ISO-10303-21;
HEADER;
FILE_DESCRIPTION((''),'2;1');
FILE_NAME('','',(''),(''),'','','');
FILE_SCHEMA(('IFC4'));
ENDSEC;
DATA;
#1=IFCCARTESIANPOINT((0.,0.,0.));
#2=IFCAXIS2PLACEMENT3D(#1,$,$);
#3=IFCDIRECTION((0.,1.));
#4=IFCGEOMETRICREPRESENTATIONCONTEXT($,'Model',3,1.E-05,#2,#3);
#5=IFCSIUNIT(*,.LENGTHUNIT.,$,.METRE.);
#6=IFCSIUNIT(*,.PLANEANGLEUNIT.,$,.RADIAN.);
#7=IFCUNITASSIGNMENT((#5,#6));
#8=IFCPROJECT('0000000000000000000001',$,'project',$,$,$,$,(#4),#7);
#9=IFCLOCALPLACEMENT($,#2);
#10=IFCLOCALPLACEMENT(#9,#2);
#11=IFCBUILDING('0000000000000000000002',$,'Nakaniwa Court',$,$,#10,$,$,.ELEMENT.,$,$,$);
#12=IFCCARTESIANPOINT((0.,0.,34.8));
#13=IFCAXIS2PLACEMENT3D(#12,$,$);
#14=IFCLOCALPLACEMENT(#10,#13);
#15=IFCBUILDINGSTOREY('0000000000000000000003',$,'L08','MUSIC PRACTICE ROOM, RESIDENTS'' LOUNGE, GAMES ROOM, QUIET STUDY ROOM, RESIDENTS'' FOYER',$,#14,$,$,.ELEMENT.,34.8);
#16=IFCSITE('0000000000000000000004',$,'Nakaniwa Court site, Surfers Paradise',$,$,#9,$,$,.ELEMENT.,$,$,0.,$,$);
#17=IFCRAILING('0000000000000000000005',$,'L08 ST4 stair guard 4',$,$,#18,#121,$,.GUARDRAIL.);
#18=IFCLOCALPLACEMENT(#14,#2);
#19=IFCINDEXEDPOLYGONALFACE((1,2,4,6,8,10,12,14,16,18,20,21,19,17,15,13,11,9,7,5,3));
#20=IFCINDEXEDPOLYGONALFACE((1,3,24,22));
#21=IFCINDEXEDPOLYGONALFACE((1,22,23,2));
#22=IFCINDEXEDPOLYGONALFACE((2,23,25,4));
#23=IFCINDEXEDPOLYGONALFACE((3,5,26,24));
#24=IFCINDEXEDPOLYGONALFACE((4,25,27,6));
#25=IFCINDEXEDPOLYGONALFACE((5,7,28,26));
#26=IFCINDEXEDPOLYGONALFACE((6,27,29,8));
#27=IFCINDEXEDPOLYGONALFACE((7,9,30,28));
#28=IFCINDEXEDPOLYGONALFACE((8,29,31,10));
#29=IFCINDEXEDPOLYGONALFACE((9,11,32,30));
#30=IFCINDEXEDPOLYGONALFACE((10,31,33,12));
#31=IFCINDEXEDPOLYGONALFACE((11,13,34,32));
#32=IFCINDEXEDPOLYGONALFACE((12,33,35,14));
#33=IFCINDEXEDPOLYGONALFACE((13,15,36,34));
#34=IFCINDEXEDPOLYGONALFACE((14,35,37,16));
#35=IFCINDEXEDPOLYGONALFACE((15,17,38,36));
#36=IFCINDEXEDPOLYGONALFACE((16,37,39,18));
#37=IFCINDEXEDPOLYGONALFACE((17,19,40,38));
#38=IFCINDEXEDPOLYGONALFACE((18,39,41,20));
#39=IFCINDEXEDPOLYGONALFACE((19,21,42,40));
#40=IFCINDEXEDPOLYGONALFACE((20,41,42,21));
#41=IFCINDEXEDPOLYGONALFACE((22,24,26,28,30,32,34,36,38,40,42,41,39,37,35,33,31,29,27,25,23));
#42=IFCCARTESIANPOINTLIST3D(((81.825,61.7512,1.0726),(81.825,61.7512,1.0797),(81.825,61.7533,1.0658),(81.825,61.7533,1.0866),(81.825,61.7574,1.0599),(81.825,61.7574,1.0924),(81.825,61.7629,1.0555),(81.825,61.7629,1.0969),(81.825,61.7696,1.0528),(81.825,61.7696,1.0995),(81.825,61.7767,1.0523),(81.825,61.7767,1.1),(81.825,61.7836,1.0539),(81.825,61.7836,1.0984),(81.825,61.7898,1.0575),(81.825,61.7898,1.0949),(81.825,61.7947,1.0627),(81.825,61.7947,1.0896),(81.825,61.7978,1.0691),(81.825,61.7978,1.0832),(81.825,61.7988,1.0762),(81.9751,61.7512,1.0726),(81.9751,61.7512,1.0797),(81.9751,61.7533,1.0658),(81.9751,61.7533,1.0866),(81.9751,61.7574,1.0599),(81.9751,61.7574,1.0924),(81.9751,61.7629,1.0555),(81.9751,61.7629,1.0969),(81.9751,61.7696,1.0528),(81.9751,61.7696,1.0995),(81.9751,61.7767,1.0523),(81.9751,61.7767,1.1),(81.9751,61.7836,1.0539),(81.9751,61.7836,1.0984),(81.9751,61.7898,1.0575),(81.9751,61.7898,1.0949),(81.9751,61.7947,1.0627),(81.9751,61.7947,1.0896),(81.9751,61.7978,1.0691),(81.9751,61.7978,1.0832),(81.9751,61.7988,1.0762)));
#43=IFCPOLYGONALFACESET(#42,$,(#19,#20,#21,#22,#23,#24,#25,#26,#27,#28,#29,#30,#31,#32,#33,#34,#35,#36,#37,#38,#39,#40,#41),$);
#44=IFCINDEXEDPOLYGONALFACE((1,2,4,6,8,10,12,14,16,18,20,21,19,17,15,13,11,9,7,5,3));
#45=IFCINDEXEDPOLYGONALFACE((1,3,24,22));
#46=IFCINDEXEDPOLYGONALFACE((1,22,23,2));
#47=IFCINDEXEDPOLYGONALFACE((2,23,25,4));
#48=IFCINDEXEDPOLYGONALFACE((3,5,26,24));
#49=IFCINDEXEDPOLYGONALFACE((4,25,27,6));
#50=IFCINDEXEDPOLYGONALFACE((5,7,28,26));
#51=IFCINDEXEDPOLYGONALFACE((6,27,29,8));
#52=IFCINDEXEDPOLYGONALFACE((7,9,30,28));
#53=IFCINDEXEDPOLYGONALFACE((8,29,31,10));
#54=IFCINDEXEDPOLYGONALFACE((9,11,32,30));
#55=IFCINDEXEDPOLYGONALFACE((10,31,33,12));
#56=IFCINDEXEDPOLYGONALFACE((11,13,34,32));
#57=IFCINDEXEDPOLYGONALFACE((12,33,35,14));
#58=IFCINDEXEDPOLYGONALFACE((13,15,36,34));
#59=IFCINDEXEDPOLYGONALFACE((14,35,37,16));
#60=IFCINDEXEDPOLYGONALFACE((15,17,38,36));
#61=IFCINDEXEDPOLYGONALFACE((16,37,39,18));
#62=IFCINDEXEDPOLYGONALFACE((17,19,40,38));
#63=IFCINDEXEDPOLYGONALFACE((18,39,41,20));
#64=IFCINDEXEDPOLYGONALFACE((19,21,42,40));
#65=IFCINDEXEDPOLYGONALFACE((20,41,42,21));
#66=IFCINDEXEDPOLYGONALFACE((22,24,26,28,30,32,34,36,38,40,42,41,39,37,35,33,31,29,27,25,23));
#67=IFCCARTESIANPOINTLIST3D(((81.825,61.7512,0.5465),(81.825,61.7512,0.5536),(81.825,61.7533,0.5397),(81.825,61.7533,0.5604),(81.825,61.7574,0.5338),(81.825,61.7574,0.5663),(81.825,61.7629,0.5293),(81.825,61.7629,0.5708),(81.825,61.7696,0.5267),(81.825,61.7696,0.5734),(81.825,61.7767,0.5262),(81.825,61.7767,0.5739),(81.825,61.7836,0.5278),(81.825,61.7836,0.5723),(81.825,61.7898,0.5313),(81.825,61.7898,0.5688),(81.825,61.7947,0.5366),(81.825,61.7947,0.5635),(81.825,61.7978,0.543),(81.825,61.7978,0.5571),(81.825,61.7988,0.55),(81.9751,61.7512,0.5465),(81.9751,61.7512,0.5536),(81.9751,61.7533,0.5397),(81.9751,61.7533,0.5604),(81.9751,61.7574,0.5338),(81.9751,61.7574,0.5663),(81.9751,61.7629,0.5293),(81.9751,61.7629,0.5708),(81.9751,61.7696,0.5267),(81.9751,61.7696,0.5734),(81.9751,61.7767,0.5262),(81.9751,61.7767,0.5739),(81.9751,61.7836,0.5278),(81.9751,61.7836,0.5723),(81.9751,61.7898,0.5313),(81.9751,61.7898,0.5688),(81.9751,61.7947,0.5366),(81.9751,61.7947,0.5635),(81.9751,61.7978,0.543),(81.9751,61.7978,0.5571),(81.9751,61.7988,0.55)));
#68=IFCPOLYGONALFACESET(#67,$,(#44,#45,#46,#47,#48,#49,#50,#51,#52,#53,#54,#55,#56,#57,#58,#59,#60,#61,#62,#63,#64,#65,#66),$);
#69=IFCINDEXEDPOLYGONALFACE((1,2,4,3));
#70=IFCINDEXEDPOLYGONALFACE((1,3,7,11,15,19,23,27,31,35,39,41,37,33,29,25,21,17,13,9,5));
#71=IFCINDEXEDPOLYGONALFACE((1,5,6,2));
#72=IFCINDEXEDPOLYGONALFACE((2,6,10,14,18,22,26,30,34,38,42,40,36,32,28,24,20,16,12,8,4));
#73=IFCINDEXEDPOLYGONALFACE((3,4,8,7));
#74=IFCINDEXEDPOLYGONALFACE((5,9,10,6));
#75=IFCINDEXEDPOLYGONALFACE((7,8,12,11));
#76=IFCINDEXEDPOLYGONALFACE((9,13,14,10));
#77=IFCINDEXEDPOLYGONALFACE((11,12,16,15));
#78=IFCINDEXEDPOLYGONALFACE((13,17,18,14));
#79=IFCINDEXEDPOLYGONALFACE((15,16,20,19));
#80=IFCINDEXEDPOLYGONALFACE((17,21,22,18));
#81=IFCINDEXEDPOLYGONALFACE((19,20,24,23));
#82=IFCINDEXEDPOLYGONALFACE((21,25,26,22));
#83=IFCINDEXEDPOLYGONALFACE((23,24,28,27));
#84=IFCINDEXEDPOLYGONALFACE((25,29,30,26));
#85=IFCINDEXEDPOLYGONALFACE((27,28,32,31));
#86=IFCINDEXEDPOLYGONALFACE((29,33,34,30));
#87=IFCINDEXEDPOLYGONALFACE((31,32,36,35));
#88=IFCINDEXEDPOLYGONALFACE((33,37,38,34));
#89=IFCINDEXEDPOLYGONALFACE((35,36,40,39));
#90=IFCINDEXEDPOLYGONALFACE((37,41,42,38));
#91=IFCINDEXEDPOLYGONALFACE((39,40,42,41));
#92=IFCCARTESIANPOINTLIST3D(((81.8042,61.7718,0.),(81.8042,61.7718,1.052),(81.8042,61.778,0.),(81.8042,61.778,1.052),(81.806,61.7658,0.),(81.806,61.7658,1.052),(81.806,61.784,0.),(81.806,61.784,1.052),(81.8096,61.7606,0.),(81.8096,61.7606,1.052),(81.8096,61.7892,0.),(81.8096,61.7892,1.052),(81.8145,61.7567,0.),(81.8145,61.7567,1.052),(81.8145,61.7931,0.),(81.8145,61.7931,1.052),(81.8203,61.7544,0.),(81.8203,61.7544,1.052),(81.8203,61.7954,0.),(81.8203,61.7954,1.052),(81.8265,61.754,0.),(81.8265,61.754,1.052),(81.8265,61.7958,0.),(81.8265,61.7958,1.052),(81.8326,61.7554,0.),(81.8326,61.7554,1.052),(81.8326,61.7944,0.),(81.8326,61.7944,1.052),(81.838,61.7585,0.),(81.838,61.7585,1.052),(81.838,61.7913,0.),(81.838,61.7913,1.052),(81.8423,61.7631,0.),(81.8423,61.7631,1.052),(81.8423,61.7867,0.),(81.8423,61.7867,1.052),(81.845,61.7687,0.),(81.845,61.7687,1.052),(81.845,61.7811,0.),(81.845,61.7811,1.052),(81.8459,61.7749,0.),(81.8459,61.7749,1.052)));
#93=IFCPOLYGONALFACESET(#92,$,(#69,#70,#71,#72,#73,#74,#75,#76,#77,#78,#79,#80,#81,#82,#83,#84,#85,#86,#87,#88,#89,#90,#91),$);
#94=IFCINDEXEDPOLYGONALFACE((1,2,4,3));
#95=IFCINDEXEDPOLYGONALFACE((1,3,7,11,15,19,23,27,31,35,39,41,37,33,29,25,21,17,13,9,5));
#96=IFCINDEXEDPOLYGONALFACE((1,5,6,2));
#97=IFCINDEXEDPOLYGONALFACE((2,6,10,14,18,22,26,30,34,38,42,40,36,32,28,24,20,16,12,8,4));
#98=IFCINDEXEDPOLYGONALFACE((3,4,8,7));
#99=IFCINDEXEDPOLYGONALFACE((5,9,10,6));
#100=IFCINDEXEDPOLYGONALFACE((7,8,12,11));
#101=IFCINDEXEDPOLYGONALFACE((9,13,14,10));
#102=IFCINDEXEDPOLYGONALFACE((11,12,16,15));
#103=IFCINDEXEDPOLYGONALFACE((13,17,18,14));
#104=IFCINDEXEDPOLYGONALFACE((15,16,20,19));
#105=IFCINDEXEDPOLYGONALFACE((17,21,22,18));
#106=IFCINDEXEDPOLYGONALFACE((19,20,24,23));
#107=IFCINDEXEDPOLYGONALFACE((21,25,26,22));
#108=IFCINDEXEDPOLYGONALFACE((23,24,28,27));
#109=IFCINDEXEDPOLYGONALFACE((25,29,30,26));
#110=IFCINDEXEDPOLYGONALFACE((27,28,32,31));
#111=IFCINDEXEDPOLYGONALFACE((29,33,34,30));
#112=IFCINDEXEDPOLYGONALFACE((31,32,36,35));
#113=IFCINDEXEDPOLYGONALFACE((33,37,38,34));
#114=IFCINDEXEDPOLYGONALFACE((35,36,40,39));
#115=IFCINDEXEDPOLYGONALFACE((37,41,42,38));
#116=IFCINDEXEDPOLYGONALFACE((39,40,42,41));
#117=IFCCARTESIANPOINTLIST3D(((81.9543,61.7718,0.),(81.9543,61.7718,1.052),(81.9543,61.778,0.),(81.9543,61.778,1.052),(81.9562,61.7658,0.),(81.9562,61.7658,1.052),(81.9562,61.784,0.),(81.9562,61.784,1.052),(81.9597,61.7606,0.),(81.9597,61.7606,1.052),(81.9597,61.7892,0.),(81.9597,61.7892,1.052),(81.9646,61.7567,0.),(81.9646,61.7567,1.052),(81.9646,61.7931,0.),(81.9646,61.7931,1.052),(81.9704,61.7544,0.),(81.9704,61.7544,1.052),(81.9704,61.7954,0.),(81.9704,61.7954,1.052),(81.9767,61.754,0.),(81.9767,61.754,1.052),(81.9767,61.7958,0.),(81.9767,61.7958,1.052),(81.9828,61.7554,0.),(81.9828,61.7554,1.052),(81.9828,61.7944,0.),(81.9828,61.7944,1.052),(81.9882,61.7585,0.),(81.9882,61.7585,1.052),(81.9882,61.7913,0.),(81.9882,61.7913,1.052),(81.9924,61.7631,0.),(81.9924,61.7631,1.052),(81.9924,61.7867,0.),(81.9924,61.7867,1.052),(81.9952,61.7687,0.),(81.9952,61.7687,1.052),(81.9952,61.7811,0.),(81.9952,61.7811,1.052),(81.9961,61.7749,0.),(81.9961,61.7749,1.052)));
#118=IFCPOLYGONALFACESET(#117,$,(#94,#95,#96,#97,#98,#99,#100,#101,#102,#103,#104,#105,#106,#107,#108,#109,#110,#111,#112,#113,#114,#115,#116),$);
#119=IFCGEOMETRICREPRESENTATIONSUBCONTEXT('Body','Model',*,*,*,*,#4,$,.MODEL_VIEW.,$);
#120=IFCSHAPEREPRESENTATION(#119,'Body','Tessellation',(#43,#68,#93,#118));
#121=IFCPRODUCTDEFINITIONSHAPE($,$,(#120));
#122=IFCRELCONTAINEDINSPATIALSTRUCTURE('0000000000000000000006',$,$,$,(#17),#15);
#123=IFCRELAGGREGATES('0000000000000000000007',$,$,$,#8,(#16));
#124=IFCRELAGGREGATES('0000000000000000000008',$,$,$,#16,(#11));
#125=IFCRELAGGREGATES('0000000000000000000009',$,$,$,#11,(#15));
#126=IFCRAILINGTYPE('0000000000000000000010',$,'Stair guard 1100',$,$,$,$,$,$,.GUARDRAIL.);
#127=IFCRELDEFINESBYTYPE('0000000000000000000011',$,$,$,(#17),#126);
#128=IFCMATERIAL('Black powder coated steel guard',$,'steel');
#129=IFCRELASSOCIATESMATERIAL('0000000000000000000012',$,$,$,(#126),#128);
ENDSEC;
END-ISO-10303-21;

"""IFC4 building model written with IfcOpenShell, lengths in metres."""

from ifc_helpers import new_model, si_unit, direction, frame, origin, origin_2d, place, context, subcontext, project, spatial, circle, extrude, material, type_object, element, save


model = new_model("IFC4")

# Units and contexts
model_context = context("Model", 3, precision=1e-05, world=origin(), true_north=direction((0.0, 1.0)))
body_context = subcontext(model_context, "Body", "Model", "MODEL_VIEW")
ifc_project = project(units=[si_unit("LENGTHUNIT", "METRE"), si_unit("PLANEANGLEUNIT", "RADIAN")], contexts=[model_context])

# Site, building, storey
site_placement = place(None, origin())
site = spatial("IfcSite", under=ifc_project, at=site_placement, Name="Nakaniwa Court site, Surfers Paradise", CompositionType="ELEMENT", RefElevation=0.0)
building_placement = place(site_placement, origin())
building = spatial("IfcBuilding", under=site, at=building_placement, Name="Nakaniwa Court", CompositionType="ELEMENT")
storey_placement = place(building_placement, frame((0.0, 0.0, 34.8)))
storey = spatial("IfcBuildingStorey", under=building, at=storey_placement, Name="L08", Description="MUSIC PRACTICE ROOM, RESIDENTS' LOUNGE, GAMES ROOM, QUIET STUDY ROOM, RESIDENTS' FOYER", CompositionType="ELEMENT", Elevation=34.8)

# Railing
ifc_material_1 = material(Name="Black powder coated steel guard", Category="steel")
railing_type_1 = type_object("IfcRailingType", Name="Stair guard 1100", PredefinedType="GUARDRAIL", material=ifc_material_1)
railing_1_placement = place(storey_placement, frame((81.825, 61.7749, 0.0)))
element("IfcRailing", 1, at=railing_1_placement, inside=storey, type_object=railing_type_1, Name="L08 ST4 stair guard 4", PredefinedType="GUARDRAIL", context=body_context, shape_type="SweptSolid", body=[
    extrude(circle(Radius=0.0239, at=origin_2d()), frame((0.0, 0.0, 1.0762), z_axis=(1.0, 0.0, 0.0), x_axis=(0.0, 1.0, 0.0)), (0.0, 0.0, 1.0), 0.1501),
    extrude(circle(Radius=0.0239, at=origin_2d()), frame((0.0, 0.0, 0.55), z_axis=(1.0, 0.0, 0.0), x_axis=(0.0, 1.0, 0.0)), (0.0, 0.0, 1.0), 0.1501),
    extrude(circle(Radius=0.021, at=origin_2d()), origin(), (0.0, 0.0, 1.0), 1.052),
    extrude(circle(Radius=0.021, at=origin_2d()), frame((0.1501, 0.0, 0.0)), (0.0, 0.0, 1.0), 1.052),
])

save(model, "model.ifc")
